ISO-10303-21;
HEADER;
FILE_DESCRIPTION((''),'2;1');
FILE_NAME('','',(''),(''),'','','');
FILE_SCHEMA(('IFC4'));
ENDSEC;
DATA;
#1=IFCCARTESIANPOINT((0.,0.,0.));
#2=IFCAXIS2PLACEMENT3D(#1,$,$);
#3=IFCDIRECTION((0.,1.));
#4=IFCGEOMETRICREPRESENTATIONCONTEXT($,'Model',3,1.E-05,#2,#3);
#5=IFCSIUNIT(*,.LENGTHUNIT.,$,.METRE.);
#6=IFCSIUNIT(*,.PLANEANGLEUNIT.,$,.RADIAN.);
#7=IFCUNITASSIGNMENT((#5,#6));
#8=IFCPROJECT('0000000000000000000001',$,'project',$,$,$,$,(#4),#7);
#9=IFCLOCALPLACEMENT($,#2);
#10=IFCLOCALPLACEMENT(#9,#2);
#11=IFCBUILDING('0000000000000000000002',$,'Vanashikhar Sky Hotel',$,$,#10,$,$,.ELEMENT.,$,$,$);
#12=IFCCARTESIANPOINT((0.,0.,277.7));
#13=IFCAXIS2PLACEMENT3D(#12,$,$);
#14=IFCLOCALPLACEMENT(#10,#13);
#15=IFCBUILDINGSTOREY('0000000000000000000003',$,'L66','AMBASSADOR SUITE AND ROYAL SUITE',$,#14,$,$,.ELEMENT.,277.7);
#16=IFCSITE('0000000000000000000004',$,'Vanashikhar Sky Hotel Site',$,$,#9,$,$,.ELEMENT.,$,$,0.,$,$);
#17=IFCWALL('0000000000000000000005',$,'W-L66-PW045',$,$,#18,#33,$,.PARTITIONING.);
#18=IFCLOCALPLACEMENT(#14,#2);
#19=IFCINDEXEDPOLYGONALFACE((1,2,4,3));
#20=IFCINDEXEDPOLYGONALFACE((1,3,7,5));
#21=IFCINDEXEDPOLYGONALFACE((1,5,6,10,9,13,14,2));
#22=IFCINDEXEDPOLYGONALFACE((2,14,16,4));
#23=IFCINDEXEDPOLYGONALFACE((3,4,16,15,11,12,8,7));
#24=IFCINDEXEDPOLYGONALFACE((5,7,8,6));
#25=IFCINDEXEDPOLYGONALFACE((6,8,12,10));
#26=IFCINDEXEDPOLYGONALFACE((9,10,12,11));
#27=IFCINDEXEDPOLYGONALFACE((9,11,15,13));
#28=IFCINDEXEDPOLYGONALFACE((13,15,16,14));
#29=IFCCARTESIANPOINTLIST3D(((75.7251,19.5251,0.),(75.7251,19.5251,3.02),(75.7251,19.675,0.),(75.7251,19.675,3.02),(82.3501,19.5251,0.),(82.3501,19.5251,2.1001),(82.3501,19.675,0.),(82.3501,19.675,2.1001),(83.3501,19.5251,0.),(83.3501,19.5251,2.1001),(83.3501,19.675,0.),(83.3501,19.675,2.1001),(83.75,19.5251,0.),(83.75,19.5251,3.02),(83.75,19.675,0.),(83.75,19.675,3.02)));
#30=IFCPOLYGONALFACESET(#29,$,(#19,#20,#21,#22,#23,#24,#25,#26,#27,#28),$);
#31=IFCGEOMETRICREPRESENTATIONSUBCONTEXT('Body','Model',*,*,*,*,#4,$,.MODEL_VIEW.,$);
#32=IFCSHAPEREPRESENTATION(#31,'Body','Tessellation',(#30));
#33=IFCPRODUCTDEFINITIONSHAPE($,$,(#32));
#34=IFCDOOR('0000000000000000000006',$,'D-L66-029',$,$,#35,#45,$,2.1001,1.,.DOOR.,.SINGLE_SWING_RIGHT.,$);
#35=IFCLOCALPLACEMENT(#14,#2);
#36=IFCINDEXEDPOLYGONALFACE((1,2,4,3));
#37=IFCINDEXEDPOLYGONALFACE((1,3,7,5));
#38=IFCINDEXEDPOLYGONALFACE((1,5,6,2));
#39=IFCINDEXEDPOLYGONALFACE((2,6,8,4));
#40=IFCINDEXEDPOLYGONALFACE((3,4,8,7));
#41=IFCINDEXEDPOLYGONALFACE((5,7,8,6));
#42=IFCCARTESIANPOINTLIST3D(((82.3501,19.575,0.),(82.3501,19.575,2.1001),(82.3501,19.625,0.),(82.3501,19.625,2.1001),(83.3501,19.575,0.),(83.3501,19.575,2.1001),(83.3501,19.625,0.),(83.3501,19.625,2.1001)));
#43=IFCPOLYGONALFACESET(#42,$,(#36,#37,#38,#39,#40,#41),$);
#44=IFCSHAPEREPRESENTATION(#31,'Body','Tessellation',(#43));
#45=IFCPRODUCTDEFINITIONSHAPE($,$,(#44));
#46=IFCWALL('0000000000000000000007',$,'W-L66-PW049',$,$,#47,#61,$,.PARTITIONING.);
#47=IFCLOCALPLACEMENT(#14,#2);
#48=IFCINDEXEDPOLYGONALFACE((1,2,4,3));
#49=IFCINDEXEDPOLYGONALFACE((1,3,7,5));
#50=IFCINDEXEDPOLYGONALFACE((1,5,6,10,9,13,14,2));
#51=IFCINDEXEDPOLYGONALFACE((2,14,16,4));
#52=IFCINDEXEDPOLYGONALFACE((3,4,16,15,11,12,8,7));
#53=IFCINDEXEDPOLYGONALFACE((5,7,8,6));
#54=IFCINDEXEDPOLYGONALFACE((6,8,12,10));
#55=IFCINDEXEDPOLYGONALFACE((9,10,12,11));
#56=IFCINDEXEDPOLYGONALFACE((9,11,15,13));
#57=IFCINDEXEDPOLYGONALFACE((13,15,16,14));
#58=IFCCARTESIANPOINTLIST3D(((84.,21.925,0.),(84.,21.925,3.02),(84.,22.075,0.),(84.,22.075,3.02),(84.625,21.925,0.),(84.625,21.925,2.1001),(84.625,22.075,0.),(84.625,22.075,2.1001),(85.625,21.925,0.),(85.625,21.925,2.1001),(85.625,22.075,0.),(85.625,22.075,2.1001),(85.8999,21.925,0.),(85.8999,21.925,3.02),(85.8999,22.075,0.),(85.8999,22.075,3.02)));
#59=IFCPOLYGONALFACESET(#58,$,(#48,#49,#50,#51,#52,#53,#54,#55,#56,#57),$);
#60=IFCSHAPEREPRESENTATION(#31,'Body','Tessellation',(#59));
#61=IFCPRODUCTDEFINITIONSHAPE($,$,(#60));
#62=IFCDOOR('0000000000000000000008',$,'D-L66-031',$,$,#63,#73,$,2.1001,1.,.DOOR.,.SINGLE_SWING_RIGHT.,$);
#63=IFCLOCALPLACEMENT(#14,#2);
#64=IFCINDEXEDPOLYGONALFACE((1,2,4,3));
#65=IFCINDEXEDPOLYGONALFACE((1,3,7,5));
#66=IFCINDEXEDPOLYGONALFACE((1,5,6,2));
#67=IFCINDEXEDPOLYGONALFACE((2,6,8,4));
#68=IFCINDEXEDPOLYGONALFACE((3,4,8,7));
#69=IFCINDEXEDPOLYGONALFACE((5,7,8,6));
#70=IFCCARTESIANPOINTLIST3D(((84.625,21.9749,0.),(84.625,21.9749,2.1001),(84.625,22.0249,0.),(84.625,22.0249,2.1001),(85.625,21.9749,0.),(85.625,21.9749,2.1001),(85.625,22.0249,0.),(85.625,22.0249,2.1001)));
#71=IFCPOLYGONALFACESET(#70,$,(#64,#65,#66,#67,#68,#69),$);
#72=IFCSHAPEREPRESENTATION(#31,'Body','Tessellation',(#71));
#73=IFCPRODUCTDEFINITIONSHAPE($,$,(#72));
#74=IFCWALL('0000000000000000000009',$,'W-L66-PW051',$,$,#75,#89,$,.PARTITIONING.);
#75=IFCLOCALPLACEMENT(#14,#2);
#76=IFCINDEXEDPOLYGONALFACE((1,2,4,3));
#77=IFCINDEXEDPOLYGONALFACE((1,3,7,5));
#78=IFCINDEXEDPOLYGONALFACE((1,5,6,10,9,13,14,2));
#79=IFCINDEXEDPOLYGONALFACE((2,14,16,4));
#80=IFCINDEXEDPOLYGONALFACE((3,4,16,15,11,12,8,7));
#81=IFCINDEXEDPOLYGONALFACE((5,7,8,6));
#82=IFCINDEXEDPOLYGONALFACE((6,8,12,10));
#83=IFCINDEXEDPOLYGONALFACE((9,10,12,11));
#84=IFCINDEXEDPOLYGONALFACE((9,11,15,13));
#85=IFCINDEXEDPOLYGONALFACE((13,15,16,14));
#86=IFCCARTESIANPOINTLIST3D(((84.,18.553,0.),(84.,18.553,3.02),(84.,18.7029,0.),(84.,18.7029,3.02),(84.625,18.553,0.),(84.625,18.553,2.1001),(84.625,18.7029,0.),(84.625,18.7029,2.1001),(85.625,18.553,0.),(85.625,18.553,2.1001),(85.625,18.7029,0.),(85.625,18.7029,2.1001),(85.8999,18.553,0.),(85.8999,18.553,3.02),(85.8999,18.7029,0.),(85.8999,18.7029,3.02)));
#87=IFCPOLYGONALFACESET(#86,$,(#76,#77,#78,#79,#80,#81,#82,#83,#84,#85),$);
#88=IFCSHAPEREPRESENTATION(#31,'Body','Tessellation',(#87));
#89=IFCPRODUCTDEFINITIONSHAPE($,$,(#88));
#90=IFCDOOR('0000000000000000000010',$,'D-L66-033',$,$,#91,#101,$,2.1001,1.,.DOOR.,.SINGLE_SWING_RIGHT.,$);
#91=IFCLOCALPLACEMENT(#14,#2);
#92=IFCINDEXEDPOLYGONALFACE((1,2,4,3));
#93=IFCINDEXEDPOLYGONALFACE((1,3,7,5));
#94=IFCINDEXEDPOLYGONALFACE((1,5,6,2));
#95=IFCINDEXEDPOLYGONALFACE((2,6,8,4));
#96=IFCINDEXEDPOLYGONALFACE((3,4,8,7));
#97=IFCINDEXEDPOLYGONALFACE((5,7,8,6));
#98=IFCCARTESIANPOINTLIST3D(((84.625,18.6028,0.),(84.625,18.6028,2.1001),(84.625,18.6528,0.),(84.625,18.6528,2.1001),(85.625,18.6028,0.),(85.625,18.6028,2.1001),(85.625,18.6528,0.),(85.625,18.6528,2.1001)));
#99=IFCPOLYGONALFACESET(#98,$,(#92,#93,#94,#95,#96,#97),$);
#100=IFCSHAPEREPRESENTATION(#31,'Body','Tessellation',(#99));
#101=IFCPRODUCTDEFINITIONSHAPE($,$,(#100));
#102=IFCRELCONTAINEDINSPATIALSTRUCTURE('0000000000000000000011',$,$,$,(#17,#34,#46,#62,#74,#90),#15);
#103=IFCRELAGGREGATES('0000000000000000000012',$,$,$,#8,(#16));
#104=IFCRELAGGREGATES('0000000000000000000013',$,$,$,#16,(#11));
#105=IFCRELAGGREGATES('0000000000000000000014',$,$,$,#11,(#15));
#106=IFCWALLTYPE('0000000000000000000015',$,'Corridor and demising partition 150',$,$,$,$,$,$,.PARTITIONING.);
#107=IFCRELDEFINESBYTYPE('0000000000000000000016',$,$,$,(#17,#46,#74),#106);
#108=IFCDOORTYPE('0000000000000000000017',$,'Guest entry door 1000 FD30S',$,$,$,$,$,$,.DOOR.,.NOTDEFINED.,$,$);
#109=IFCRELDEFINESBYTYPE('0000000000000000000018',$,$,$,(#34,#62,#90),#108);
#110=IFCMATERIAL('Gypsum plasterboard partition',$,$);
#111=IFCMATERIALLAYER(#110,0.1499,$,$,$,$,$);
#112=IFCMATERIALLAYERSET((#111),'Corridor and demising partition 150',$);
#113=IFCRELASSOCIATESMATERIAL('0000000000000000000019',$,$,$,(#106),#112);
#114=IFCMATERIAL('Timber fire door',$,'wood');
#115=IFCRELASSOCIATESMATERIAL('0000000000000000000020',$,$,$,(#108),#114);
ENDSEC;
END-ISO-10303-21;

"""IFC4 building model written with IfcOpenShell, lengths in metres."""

from ifc_helpers import new_model, si_unit, direction, frame, frame_2d, origin, place, context, subcontext, project, spatial, rectangle, extrude, source, transform, mapped, material, layer, layer_set, type_object, element, fill, save


model = new_model("IFC4")

# Units and contexts
model_context = context("Model", 3, precision=1e-05, world=origin(), true_north=direction((0.0, 1.0)))
body_context = subcontext(model_context, "Body", "Model", "MODEL_VIEW")
ifc_project = project(units=[si_unit("LENGTHUNIT", "METRE"), si_unit("PLANEANGLEUNIT", "RADIAN")], contexts=[model_context])

# Site, building, storey
site_placement = place(None, origin())
site = spatial("IfcSite", under=ifc_project, at=site_placement, Name="Vanashikhar Sky Hotel Site", CompositionType="ELEMENT", RefElevation=0.0)
building_placement = place(site_placement, origin())
building = spatial("IfcBuilding", under=site, at=building_placement, Name="Vanashikhar Sky Hotel", CompositionType="ELEMENT")
storey_placement = place(building_placement, frame((0.0, 0.0, 277.7)))
storey = spatial("IfcBuildingStorey", under=building, at=storey_placement, Name="L66", Description="AMBASSADOR SUITE AND ROYAL SUITE", CompositionType="ELEMENT", Elevation=277.7)

# Shared definitions
ifc_material_1 = material(Name="Gypsum plasterboard partition")

# Walls, openings, doors
ifc_layer_1 = layer(ifc_material_1, 0.1499)
ifc_layer_set_1 = layer_set([ifc_layer_1], Name="Corridor and demising partition 150")
wall_type_1 = type_object("IfcWallType", Name="Corridor and demising partition 150", PredefinedType="PARTITIONING", material=ifc_layer_set_1)
shared_shape_1 = source(origin(), body_context, "Body", "SweptSolid", [
    extrude(rectangle(XDim=8.0249, YDim=0.1499, at=frame_2d((4.0125, 0.0))), origin(), (0.0, 0.0, 1.0), 3.02),
])
wall_1_placement = place(storey_placement, frame((75.7251, 19.6001, 0.0), z_axis=(0.0, 0.0, 1.0), x_axis=(1.0, 0.0, 0.0)))
wall_1 = element("IfcWall", 1, at=wall_1_placement, inside=storey, type_object=wall_type_1, Name="W-L66-PW045", PredefinedType="PARTITIONING", context=body_context, shape_type="MappedRepresentation", body=[
    mapped(shared_shape_1, transform((0.0, 0.0, 0.0), scale=1.0)),
])
shared_shape_2 = source(origin(), body_context, "Body", "SweptSolid", [
    extrude(rectangle(XDim=1.0, YDim=2.1001, at=frame_2d((0.5, 1.05))), frame((0.0, 0.085, 0.0), z_axis=(0.0, -1.0, 0.0), x_axis=(1.0, 0.0, 0.0)), (0.0, 0.0, 1.0), 0.1699),
])
opening_1_placement = place(wall_1_placement, frame((6.625, 0.0, 0.0)))
opening_1 = element("IfcOpeningElement", 2, at=opening_1_placement, cuts=wall_1, PredefinedType="OPENING", context=body_context, shape_type="MappedRepresentation", body=[
    mapped(shared_shape_2, transform((0.0, 0.0, 0.0), scale=1.0)),
])
ifc_material_2 = material(Name="Timber fire door", Category="wood")
door_type_1 = type_object("IfcDoorType", Name="Guest entry door 1000 FD30S", OperationType="NOTDEFINED", PredefinedType="DOOR", material=ifc_material_2)
shared_shape_3 = source(origin(), body_context, "Body", "SweptSolid", [
    extrude(rectangle(XDim=1.0, YDim=2.1001, at=frame_2d((0.5, 1.05))), frame((0.0, 0.0249, 0.0), z_axis=(0.0, -1.0, 0.0), x_axis=(1.0, 0.0, 0.0)), (0.0, 0.0, 1.0), 0.05),
])
door_1_placement = place(opening_1_placement, origin())
door_1 = element("IfcDoor", 3, at=door_1_placement, inside=storey, type_object=door_type_1, Name="D-L66-029", OperationType="SINGLE_SWING_RIGHT", OverallHeight=2.1001, OverallWidth=1.0, PredefinedType="DOOR", context=body_context, shape_type="MappedRepresentation", body=[
    mapped(shared_shape_3, transform((0.0, 0.0, 0.0), scale=1.0)),
])
fill(opening_1, door_1)
shared_shape_4 = source(origin(), body_context, "Body", "SweptSolid", [
    extrude(rectangle(XDim=1.8999, YDim=0.1499, at=frame_2d((0.95, 0.0))), origin(), (0.0, 0.0, 1.0), 3.02),
])
wall_2_placement = place(storey_placement, frame((84.0, 22.0, 0.0), z_axis=(0.0, 0.0, 1.0), x_axis=(1.0, 0.0, 0.0)))
wall_2 = element("IfcWall", 4, at=wall_2_placement, inside=storey, type_object=wall_type_1, Name="W-L66-PW049", PredefinedType="PARTITIONING", context=body_context, shape_type="MappedRepresentation", body=[
    mapped(shared_shape_4, transform((0.0, 0.0, 0.0), scale=1.0)),
])
opening_2_placement = place(wall_2_placement, frame((0.625, 0.0, 0.0)))
opening_2 = element("IfcOpeningElement", 5, at=opening_2_placement, cuts=wall_2, PredefinedType="OPENING", context=body_context, shape_type="MappedRepresentation", body=[
    mapped(shared_shape_2, transform((0.0, 0.0, 0.0), scale=1.0)),
])
door_2_placement = place(opening_2_placement, origin())
door_2 = element("IfcDoor", 6, at=door_2_placement, inside=storey, type_object=door_type_1, Name="D-L66-031", OperationType="SINGLE_SWING_RIGHT", OverallHeight=2.1001, OverallWidth=1.0, PredefinedType="DOOR", context=body_context, shape_type="MappedRepresentation", body=[
    mapped(shared_shape_3, transform((0.0, 0.0, 0.0), scale=1.0)),
])
fill(opening_2, door_2)
wall_3_placement = place(storey_placement, frame((84.0, 18.6279, 0.0), z_axis=(0.0, 0.0, 1.0), x_axis=(1.0, 0.0, 0.0)))
wall_3 = element("IfcWall", 7, at=wall_3_placement, inside=storey, type_object=wall_type_1, Name="W-L66-PW051", PredefinedType="PARTITIONING", context=body_context, shape_type="MappedRepresentation", body=[
    mapped(shared_shape_4, transform((0.0, 0.0, 0.0), scale=1.0)),
])
opening_3_placement = place(wall_3_placement, frame((0.625, 0.0, 0.0)))
opening_3 = element("IfcOpeningElement", 8, at=opening_3_placement, cuts=wall_3, PredefinedType="OPENING", context=body_context, shape_type="MappedRepresentation", body=[
    mapped(shared_shape_2, transform((0.0, 0.0, 0.0), scale=1.0)),
])
door_3_placement = place(opening_3_placement, origin())
door_3 = element("IfcDoor", 9, at=door_3_placement, inside=storey, type_object=door_type_1, Name="D-L66-033", OperationType="SINGLE_SWING_RIGHT", OverallHeight=2.1001, OverallWidth=1.0, PredefinedType="DOOR", context=body_context, shape_type="MappedRepresentation", body=[
    mapped(shared_shape_3, transform((0.0, 0.0, 0.0), scale=1.0)),
])
fill(opening_3, door_3)

save(model, "model.ifc")
